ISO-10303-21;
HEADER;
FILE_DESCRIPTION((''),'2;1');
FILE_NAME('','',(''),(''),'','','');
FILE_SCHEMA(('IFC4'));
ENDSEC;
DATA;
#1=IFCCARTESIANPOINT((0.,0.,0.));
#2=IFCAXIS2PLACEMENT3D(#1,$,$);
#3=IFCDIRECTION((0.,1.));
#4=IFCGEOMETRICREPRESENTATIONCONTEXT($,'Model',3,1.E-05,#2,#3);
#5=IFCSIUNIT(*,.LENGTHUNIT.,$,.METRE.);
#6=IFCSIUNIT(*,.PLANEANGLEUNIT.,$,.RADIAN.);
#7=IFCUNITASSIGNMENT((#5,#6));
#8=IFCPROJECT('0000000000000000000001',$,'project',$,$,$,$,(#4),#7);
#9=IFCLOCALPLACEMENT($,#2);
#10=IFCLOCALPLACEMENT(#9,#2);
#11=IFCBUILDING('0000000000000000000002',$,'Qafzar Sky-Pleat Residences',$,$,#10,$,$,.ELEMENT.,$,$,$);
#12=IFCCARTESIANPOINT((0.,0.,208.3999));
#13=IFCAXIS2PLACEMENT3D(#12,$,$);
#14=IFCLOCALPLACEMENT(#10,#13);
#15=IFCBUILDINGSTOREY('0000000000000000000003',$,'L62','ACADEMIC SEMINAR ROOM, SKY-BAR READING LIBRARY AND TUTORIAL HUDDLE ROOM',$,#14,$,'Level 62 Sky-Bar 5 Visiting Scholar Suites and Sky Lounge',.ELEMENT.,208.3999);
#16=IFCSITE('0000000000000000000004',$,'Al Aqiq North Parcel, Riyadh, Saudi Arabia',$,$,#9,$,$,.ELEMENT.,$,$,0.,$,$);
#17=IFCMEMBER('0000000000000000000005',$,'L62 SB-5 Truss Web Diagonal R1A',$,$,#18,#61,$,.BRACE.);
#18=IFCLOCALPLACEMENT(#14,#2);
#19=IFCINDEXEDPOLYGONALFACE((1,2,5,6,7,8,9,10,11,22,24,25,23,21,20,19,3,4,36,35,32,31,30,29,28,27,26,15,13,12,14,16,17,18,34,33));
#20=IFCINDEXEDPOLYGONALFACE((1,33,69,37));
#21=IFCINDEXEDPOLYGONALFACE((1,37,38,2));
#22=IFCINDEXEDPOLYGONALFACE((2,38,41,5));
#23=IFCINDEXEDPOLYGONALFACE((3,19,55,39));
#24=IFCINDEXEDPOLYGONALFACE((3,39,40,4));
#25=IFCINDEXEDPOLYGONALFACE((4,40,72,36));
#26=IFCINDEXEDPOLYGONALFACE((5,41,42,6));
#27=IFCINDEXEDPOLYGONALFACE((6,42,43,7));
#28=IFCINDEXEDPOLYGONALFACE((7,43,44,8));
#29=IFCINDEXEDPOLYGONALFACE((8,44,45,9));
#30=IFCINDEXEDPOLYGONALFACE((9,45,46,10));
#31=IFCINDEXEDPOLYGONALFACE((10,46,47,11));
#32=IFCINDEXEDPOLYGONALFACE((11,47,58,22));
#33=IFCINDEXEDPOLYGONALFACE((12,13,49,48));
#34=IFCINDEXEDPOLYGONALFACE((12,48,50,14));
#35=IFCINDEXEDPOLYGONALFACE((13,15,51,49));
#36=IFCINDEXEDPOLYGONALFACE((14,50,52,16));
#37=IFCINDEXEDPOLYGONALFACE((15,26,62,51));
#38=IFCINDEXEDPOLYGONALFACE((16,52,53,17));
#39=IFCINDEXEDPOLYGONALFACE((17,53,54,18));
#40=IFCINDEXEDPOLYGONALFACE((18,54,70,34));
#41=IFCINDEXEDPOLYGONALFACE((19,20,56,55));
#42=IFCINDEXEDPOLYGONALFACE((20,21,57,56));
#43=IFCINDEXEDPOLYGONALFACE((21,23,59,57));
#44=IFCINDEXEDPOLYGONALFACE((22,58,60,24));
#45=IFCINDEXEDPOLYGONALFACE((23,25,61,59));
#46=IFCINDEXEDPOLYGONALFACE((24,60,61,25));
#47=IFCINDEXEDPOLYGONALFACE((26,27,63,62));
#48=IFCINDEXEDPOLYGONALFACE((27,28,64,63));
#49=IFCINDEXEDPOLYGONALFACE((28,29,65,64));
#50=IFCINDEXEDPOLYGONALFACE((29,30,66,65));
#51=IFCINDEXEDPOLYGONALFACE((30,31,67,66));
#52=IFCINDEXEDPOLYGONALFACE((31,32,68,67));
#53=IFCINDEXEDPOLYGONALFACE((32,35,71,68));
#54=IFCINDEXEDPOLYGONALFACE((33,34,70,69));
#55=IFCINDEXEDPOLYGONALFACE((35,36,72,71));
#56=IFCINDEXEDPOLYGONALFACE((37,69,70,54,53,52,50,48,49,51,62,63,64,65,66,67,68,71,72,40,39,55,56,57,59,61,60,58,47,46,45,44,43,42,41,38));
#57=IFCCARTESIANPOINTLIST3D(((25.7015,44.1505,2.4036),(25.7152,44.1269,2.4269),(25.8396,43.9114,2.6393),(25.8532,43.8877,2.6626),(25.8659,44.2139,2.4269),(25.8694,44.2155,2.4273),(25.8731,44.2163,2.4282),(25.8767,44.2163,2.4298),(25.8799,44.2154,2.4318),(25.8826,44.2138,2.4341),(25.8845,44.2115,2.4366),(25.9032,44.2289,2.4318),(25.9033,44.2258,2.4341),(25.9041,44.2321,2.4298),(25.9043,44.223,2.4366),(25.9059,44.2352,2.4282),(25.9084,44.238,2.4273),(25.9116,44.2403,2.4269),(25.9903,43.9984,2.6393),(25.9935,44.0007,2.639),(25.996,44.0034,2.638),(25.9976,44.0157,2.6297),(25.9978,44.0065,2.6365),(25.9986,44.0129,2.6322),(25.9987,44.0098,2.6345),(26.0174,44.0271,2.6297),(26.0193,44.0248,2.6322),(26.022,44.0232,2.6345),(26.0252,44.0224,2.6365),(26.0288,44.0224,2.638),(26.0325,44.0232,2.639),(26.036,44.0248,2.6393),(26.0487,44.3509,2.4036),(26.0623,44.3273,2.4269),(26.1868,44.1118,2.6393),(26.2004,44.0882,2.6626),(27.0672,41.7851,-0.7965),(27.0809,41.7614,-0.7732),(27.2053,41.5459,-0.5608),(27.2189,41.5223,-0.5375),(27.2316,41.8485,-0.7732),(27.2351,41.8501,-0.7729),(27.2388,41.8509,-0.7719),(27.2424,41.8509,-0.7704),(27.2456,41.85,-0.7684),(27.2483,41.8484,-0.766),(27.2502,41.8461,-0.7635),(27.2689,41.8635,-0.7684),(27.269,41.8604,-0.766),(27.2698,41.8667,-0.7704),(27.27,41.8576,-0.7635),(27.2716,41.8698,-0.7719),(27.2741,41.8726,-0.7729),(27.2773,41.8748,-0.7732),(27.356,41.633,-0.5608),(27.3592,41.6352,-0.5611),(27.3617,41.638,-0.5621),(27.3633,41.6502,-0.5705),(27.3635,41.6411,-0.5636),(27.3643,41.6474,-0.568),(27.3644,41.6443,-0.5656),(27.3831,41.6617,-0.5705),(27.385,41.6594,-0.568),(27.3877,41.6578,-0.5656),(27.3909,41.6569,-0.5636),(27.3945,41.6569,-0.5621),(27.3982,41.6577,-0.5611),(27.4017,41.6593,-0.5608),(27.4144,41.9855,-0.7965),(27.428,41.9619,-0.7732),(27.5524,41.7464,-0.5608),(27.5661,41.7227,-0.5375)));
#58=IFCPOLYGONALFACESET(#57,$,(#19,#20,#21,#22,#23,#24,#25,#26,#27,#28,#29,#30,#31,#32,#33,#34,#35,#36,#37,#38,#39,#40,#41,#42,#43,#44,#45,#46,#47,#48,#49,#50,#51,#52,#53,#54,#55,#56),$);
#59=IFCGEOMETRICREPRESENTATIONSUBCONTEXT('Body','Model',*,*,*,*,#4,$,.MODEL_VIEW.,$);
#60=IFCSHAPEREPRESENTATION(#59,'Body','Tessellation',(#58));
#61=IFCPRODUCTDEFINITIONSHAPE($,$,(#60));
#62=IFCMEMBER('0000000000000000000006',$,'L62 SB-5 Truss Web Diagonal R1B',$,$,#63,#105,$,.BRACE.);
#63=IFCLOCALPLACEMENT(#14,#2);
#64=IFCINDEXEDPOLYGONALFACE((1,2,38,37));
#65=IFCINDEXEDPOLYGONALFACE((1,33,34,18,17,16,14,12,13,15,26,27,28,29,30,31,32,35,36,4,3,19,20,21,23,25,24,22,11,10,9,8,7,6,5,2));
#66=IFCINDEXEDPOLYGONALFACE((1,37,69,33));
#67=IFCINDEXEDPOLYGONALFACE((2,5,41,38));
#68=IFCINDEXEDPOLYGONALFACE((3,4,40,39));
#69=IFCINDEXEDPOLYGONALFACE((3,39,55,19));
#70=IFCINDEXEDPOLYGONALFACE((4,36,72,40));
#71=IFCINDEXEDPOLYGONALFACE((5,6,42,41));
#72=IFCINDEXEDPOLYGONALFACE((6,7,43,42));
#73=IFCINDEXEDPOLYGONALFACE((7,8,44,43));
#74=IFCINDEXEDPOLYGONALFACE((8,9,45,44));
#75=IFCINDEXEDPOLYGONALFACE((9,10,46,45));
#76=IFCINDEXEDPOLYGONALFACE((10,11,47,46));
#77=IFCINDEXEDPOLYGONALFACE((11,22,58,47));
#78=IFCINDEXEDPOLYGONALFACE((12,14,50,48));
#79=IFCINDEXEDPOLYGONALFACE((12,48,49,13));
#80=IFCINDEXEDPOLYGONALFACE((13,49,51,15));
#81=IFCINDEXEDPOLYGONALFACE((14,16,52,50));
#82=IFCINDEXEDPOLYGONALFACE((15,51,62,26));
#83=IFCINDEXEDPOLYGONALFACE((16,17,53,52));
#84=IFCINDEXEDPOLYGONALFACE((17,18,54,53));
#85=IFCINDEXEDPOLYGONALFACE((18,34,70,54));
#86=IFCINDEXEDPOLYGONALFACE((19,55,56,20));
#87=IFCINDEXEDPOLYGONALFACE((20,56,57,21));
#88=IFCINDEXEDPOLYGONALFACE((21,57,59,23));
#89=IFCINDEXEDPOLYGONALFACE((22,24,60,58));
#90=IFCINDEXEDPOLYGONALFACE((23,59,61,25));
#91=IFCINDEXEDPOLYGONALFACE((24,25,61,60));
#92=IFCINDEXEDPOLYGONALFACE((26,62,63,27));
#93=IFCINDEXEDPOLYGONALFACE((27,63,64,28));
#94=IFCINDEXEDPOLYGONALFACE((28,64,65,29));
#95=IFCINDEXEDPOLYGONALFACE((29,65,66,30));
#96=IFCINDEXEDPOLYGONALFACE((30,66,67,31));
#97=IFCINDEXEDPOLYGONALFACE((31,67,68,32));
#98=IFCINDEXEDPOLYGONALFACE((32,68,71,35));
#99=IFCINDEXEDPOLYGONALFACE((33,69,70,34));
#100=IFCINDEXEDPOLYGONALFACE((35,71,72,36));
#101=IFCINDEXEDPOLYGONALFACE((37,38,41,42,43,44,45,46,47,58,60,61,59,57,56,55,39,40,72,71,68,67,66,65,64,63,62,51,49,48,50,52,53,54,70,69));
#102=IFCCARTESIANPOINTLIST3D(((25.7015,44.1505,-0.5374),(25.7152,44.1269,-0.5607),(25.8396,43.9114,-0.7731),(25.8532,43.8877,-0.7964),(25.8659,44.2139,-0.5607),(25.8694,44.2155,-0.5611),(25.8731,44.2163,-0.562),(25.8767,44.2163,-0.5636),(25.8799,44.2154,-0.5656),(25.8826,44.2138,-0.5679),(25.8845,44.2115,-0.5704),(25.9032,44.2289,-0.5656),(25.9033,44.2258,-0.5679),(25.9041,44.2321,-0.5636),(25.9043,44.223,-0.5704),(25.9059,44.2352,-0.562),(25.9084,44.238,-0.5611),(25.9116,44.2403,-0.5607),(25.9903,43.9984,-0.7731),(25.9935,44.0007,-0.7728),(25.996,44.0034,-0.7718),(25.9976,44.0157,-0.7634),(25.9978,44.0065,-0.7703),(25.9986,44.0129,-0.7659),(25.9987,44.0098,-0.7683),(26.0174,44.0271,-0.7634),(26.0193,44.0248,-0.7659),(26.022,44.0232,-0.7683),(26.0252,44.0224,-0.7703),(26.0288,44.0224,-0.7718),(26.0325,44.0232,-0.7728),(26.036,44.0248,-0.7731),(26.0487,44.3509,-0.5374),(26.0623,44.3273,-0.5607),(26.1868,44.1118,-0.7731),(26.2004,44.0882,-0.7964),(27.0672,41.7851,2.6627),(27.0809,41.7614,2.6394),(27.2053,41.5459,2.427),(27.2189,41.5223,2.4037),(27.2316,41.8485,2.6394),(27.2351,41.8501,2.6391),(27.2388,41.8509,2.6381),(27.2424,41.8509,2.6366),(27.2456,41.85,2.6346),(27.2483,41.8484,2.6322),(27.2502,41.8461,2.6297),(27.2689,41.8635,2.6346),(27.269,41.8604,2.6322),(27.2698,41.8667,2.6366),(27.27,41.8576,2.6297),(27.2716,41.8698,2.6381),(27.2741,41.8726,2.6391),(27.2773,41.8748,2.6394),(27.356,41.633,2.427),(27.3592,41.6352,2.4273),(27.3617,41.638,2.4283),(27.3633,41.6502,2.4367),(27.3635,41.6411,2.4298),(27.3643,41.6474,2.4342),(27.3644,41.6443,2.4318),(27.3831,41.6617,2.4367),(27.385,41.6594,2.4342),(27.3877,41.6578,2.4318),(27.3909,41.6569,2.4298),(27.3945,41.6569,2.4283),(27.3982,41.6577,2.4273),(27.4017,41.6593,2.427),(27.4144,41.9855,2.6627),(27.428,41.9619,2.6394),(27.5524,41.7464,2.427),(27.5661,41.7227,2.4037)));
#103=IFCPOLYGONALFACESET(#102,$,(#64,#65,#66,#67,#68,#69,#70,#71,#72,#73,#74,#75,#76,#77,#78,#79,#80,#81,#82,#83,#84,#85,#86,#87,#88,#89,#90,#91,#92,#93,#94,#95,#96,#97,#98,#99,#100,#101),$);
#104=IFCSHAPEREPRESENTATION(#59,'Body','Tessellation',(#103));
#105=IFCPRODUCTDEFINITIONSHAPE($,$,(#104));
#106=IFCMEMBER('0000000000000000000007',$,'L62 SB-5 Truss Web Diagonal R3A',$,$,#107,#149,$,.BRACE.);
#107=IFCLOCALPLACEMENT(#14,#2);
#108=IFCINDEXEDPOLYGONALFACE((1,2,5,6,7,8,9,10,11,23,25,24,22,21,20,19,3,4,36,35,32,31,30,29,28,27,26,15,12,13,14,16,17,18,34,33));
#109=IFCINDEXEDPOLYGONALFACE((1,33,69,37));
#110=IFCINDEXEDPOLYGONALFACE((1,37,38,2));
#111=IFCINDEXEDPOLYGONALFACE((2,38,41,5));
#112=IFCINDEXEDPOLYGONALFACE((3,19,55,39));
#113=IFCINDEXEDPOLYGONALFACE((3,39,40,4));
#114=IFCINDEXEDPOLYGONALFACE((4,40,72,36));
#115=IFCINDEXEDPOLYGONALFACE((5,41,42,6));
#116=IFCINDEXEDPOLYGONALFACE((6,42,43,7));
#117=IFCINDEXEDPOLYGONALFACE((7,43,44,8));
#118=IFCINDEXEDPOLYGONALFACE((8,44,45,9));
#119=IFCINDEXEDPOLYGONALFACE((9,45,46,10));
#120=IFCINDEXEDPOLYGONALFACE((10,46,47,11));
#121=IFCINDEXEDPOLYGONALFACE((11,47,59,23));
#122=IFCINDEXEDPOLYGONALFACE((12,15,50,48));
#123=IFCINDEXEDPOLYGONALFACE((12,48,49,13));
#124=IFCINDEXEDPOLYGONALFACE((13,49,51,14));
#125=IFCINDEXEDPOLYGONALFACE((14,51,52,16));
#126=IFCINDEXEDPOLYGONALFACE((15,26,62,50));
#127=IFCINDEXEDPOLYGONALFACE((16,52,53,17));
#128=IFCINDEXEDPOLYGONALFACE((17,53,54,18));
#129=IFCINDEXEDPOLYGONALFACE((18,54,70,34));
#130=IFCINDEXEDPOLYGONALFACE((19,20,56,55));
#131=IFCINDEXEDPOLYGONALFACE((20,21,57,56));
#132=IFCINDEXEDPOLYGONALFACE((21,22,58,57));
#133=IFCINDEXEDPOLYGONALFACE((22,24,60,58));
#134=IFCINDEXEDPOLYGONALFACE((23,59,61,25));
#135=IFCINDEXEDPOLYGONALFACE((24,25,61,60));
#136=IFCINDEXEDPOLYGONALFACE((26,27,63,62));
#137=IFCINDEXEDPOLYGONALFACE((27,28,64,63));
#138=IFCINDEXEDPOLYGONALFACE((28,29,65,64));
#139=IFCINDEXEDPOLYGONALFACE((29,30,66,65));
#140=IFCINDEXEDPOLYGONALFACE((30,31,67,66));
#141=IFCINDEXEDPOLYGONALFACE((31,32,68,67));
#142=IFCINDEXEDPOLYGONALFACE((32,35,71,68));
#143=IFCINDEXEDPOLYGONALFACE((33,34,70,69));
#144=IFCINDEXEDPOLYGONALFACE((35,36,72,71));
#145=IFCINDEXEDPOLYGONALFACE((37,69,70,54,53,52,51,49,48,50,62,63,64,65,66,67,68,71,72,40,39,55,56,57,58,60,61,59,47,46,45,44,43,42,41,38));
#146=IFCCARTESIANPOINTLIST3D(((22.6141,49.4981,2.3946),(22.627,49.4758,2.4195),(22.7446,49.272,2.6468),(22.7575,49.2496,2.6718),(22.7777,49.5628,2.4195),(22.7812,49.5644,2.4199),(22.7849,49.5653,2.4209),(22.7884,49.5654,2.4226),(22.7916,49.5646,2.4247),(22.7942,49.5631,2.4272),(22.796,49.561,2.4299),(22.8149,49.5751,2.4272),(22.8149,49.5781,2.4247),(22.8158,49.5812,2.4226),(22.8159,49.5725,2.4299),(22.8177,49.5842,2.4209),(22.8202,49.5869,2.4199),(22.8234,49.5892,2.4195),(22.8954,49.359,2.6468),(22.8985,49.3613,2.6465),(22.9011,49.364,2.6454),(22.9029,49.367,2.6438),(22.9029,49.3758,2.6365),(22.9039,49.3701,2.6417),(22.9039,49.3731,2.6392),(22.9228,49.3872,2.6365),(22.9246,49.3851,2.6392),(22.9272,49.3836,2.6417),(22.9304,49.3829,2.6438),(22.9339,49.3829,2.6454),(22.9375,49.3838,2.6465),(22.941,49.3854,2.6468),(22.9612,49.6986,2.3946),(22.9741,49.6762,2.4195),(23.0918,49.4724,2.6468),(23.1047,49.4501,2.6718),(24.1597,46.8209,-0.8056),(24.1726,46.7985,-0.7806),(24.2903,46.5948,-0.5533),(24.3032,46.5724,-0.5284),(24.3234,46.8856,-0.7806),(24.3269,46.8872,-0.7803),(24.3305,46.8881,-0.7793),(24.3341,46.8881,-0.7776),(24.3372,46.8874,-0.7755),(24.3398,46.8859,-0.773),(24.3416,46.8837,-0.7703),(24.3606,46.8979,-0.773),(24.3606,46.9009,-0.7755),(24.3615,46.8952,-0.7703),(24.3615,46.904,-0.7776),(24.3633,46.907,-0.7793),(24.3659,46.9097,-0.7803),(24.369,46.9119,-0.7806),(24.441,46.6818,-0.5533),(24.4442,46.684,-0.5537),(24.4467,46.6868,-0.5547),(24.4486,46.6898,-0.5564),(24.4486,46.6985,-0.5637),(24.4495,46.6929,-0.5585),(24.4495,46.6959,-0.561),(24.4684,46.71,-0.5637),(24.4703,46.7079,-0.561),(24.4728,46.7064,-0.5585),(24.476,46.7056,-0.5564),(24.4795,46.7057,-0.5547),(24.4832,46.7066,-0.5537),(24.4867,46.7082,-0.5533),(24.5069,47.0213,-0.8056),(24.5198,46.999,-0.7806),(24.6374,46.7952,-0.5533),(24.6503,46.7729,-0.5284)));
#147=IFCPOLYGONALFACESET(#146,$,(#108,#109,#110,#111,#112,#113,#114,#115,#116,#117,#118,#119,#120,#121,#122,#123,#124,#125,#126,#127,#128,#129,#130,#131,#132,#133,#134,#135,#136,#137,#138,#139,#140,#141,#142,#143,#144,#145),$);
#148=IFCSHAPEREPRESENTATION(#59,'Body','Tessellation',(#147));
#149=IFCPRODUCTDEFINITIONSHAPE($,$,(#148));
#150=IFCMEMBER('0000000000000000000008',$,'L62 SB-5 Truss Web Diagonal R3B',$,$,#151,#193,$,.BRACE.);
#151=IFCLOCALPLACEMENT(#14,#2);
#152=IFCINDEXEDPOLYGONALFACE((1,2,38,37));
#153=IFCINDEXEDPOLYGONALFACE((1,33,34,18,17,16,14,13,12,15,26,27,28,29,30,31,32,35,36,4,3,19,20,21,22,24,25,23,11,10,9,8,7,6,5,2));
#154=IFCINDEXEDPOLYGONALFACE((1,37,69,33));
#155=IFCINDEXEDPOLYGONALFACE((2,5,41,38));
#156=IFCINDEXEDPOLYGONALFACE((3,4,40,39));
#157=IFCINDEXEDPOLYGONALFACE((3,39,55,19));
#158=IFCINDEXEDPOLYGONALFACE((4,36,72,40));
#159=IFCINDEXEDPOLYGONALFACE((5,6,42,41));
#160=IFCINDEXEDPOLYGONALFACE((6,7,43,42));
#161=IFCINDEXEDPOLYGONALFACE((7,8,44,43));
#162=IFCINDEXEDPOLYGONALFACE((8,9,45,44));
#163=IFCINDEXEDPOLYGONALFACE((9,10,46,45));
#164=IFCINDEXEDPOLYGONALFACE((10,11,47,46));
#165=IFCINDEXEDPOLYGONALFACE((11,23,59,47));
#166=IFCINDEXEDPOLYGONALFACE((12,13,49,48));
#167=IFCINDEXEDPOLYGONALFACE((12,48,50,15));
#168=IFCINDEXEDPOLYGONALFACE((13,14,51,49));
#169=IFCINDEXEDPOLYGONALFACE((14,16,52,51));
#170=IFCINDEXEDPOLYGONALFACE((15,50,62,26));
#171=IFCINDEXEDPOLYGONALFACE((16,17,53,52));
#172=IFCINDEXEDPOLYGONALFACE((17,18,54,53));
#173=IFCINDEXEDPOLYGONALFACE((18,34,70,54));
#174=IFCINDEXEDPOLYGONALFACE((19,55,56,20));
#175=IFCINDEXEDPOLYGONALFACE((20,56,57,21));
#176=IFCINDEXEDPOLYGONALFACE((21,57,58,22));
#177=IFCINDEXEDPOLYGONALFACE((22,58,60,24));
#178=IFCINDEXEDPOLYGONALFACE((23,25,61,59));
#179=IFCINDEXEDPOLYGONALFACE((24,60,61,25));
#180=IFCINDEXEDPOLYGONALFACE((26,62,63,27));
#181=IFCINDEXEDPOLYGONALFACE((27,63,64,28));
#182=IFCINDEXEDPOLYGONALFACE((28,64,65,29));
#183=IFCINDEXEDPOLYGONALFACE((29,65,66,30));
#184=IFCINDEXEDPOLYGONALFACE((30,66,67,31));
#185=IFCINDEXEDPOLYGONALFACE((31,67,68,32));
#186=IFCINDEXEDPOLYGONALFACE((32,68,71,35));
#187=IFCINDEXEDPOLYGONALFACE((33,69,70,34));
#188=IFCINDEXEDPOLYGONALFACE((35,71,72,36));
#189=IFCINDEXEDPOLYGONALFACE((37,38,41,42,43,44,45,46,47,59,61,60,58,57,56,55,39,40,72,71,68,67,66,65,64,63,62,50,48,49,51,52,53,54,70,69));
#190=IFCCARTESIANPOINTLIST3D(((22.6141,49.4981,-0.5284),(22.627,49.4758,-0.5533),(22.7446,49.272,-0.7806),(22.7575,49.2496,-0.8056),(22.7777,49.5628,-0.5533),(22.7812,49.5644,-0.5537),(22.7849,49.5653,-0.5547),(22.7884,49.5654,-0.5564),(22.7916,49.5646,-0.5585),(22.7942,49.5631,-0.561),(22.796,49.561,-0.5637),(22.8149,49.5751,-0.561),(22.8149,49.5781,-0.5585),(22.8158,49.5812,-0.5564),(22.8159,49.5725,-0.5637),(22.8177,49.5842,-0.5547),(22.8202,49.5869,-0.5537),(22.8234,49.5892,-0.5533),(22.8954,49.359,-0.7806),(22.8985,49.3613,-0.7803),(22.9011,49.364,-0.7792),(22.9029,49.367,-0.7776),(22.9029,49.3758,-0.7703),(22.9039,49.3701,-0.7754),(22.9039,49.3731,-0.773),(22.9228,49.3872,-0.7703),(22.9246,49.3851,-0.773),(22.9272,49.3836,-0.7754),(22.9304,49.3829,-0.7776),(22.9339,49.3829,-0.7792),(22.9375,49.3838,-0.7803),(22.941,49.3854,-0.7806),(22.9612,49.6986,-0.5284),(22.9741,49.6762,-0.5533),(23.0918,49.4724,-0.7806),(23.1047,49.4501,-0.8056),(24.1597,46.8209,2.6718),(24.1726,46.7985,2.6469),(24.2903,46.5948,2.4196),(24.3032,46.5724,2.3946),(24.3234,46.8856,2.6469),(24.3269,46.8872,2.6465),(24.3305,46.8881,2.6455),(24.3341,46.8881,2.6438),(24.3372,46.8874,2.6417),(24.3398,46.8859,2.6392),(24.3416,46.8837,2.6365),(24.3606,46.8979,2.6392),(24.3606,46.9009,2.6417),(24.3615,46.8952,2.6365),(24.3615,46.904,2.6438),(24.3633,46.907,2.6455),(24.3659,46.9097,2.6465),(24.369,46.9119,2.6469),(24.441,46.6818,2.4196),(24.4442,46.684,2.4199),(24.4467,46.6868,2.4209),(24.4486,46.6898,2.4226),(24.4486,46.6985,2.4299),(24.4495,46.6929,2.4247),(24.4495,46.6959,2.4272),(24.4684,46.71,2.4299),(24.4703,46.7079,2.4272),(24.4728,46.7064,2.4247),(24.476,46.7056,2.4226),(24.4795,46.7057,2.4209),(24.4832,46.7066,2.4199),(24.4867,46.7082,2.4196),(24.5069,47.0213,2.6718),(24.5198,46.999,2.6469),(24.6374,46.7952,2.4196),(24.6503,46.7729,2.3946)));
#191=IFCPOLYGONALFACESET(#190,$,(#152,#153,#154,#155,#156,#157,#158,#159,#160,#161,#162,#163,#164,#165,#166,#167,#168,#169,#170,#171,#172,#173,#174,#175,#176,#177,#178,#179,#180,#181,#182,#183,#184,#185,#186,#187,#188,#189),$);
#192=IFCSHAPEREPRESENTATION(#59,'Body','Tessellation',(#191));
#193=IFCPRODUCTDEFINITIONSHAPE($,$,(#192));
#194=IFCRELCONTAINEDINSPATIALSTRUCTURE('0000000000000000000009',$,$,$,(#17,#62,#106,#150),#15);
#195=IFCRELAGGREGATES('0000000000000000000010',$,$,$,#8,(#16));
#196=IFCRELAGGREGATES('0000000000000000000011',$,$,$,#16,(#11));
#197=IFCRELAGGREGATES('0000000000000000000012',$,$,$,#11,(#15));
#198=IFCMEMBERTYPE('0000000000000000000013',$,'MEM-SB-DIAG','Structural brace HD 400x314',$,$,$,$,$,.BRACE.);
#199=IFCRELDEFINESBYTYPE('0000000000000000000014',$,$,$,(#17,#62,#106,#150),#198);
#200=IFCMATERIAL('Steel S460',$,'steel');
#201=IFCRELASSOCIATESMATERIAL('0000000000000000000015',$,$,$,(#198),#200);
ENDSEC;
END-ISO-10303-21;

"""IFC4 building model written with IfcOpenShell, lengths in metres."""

from ifc_helpers import new_model, si_unit, direction, frame, origin, origin_2d, place, context, subcontext, project, spatial, i_section, extrude, source, transform, mapped, material, material_profile, profile_set, type_object, element, save


model = new_model("IFC4")

# Units and contexts
model_context = context("Model", 3, precision=1e-05, world=origin(), true_north=direction((0.0, 1.0)))
body_context = subcontext(model_context, "Body", "Model", "MODEL_VIEW")
ifc_project = project(units=[si_unit("LENGTHUNIT", "METRE"), si_unit("PLANEANGLEUNIT", "RADIAN")], contexts=[model_context])

# Site, building, storey
site_placement = place(None, origin())
site = spatial("IfcSite", under=ifc_project, at=site_placement, Name="Al Aqiq North Parcel, Riyadh, Saudi Arabia", CompositionType="ELEMENT", RefElevation=0.0)
building_placement = place(site_placement, origin())
building = spatial("IfcBuilding", under=site, at=building_placement, Name="Qafzar Sky-Pleat Residences", CompositionType="ELEMENT")
storey_placement = place(building_placement, frame((0.0, 0.0, 208.3999)))
storey = spatial("IfcBuildingStorey", under=building, at=storey_placement, Name="L62", Description="ACADEMIC SEMINAR ROOM, SKY-BAR READING LIBRARY AND TUTORIAL HUDDLE ROOM", LongName="Level 62 Sky-Bar 5 Visiting Scholar Suites and Sky Lounge", CompositionType="ELEMENT", Elevation=208.3999)

# Shared definitions
ifc_material_1 = material(Name="Steel S460", Category="steel")

# Members
ifc_material_profile_1 = material_profile(ifc_material_1, i_section(OverallWidth=0.4009, OverallDepth=0.3989, WebThickness=0.0229, FlangeThickness=0.0359, FilletRadius=0.0149, at=origin_2d()), Name="HD 400x314")
ifc_profile_set_1 = profile_set([ifc_material_profile_1], Name="Steel S460")
member_type = type_object("IfcMemberType", Name="MEM-SB-DIAG", Description="Structural brace HD 400x314", PredefinedType="BRACE", material=ifc_profile_set_1)
shared_shape_1 = source(origin(), body_context, "Body", "SweptSolid", [
    extrude(i_section(OverallWidth=0.4009, OverallDepth=0.3989, WebThickness=0.0229, FlangeThickness=0.0359, FilletRadius=0.0149, at=origin_2d()), origin(), (0.0, 0.0, 1.0), 4.2073),
])
for number, where, z_axis, x_axis, name in (
    (1, (27.3167, 41.7539, -0.667), (-0.324603, 0.562223, 0.760617), (-0.866023, -0.500004, 0.0), "L62 SB-5 Truss Web Diagonal R1A"),
    (2, (27.3167, 41.7539, 2.5332), (-0.324603, 0.562223, -0.760617), (-0.866023, -0.500004, 0.0), "L62 SB-5 Truss Web Diagonal R1B"),
):
    element("IfcMember", number, at=place(storey_placement, frame(where, z_axis=z_axis, x_axis=x_axis)), inside=storey, type_object=member_type, Name=name, PredefinedType="BRACE", context=body_context, shape_type="MappedRepresentation", body=[
        mapped(shared_shape_1, transform((0.0, 0.0, 0.0), x_axis=(1.0, 0.0, 0.0), y_axis=(0.0, 1.0, 0.0), z_axis=(0.0, 0.0, 1.0), scale=1.0)),
    ])
shared_shape_2 = source(origin(), body_context, "Body", "SweptSolid", [
    extrude(i_section(OverallWidth=0.4009, OverallDepth=0.3989, WebThickness=0.0229, FlangeThickness=0.0359, FilletRadius=0.0149, at=origin_2d()), origin(), (0.0, 0.0, 1.0), 4.4495),
])
for number, where, z_axis, x_axis, name in (
    (3, (24.405, 46.7969, -0.667), (-0.347378, 0.601698, 0.719228), (-0.866033, -0.499987, 0.0), "L62 SB-5 Truss Web Diagonal R3A"),
    (4, (24.405, 46.7969, 2.5332), (-0.347378, 0.601698, -0.719228), (-0.866033, -0.499987, 0.0), "L62 SB-5 Truss Web Diagonal R3B"),
):
    element("IfcMember", number, at=place(storey_placement, frame(where, z_axis=z_axis, x_axis=x_axis)), inside=storey, type_object=member_type, Name=name, PredefinedType="BRACE", context=body_context, shape_type="MappedRepresentation", body=[
        mapped(shared_shape_2, transform((0.0, 0.0, 0.0), x_axis=(1.0, 0.0, 0.0), y_axis=(0.0, 1.0, 0.0), z_axis=(0.0, 0.0, 1.0), scale=1.0)),
    ])

save(model, "model.ifc")
